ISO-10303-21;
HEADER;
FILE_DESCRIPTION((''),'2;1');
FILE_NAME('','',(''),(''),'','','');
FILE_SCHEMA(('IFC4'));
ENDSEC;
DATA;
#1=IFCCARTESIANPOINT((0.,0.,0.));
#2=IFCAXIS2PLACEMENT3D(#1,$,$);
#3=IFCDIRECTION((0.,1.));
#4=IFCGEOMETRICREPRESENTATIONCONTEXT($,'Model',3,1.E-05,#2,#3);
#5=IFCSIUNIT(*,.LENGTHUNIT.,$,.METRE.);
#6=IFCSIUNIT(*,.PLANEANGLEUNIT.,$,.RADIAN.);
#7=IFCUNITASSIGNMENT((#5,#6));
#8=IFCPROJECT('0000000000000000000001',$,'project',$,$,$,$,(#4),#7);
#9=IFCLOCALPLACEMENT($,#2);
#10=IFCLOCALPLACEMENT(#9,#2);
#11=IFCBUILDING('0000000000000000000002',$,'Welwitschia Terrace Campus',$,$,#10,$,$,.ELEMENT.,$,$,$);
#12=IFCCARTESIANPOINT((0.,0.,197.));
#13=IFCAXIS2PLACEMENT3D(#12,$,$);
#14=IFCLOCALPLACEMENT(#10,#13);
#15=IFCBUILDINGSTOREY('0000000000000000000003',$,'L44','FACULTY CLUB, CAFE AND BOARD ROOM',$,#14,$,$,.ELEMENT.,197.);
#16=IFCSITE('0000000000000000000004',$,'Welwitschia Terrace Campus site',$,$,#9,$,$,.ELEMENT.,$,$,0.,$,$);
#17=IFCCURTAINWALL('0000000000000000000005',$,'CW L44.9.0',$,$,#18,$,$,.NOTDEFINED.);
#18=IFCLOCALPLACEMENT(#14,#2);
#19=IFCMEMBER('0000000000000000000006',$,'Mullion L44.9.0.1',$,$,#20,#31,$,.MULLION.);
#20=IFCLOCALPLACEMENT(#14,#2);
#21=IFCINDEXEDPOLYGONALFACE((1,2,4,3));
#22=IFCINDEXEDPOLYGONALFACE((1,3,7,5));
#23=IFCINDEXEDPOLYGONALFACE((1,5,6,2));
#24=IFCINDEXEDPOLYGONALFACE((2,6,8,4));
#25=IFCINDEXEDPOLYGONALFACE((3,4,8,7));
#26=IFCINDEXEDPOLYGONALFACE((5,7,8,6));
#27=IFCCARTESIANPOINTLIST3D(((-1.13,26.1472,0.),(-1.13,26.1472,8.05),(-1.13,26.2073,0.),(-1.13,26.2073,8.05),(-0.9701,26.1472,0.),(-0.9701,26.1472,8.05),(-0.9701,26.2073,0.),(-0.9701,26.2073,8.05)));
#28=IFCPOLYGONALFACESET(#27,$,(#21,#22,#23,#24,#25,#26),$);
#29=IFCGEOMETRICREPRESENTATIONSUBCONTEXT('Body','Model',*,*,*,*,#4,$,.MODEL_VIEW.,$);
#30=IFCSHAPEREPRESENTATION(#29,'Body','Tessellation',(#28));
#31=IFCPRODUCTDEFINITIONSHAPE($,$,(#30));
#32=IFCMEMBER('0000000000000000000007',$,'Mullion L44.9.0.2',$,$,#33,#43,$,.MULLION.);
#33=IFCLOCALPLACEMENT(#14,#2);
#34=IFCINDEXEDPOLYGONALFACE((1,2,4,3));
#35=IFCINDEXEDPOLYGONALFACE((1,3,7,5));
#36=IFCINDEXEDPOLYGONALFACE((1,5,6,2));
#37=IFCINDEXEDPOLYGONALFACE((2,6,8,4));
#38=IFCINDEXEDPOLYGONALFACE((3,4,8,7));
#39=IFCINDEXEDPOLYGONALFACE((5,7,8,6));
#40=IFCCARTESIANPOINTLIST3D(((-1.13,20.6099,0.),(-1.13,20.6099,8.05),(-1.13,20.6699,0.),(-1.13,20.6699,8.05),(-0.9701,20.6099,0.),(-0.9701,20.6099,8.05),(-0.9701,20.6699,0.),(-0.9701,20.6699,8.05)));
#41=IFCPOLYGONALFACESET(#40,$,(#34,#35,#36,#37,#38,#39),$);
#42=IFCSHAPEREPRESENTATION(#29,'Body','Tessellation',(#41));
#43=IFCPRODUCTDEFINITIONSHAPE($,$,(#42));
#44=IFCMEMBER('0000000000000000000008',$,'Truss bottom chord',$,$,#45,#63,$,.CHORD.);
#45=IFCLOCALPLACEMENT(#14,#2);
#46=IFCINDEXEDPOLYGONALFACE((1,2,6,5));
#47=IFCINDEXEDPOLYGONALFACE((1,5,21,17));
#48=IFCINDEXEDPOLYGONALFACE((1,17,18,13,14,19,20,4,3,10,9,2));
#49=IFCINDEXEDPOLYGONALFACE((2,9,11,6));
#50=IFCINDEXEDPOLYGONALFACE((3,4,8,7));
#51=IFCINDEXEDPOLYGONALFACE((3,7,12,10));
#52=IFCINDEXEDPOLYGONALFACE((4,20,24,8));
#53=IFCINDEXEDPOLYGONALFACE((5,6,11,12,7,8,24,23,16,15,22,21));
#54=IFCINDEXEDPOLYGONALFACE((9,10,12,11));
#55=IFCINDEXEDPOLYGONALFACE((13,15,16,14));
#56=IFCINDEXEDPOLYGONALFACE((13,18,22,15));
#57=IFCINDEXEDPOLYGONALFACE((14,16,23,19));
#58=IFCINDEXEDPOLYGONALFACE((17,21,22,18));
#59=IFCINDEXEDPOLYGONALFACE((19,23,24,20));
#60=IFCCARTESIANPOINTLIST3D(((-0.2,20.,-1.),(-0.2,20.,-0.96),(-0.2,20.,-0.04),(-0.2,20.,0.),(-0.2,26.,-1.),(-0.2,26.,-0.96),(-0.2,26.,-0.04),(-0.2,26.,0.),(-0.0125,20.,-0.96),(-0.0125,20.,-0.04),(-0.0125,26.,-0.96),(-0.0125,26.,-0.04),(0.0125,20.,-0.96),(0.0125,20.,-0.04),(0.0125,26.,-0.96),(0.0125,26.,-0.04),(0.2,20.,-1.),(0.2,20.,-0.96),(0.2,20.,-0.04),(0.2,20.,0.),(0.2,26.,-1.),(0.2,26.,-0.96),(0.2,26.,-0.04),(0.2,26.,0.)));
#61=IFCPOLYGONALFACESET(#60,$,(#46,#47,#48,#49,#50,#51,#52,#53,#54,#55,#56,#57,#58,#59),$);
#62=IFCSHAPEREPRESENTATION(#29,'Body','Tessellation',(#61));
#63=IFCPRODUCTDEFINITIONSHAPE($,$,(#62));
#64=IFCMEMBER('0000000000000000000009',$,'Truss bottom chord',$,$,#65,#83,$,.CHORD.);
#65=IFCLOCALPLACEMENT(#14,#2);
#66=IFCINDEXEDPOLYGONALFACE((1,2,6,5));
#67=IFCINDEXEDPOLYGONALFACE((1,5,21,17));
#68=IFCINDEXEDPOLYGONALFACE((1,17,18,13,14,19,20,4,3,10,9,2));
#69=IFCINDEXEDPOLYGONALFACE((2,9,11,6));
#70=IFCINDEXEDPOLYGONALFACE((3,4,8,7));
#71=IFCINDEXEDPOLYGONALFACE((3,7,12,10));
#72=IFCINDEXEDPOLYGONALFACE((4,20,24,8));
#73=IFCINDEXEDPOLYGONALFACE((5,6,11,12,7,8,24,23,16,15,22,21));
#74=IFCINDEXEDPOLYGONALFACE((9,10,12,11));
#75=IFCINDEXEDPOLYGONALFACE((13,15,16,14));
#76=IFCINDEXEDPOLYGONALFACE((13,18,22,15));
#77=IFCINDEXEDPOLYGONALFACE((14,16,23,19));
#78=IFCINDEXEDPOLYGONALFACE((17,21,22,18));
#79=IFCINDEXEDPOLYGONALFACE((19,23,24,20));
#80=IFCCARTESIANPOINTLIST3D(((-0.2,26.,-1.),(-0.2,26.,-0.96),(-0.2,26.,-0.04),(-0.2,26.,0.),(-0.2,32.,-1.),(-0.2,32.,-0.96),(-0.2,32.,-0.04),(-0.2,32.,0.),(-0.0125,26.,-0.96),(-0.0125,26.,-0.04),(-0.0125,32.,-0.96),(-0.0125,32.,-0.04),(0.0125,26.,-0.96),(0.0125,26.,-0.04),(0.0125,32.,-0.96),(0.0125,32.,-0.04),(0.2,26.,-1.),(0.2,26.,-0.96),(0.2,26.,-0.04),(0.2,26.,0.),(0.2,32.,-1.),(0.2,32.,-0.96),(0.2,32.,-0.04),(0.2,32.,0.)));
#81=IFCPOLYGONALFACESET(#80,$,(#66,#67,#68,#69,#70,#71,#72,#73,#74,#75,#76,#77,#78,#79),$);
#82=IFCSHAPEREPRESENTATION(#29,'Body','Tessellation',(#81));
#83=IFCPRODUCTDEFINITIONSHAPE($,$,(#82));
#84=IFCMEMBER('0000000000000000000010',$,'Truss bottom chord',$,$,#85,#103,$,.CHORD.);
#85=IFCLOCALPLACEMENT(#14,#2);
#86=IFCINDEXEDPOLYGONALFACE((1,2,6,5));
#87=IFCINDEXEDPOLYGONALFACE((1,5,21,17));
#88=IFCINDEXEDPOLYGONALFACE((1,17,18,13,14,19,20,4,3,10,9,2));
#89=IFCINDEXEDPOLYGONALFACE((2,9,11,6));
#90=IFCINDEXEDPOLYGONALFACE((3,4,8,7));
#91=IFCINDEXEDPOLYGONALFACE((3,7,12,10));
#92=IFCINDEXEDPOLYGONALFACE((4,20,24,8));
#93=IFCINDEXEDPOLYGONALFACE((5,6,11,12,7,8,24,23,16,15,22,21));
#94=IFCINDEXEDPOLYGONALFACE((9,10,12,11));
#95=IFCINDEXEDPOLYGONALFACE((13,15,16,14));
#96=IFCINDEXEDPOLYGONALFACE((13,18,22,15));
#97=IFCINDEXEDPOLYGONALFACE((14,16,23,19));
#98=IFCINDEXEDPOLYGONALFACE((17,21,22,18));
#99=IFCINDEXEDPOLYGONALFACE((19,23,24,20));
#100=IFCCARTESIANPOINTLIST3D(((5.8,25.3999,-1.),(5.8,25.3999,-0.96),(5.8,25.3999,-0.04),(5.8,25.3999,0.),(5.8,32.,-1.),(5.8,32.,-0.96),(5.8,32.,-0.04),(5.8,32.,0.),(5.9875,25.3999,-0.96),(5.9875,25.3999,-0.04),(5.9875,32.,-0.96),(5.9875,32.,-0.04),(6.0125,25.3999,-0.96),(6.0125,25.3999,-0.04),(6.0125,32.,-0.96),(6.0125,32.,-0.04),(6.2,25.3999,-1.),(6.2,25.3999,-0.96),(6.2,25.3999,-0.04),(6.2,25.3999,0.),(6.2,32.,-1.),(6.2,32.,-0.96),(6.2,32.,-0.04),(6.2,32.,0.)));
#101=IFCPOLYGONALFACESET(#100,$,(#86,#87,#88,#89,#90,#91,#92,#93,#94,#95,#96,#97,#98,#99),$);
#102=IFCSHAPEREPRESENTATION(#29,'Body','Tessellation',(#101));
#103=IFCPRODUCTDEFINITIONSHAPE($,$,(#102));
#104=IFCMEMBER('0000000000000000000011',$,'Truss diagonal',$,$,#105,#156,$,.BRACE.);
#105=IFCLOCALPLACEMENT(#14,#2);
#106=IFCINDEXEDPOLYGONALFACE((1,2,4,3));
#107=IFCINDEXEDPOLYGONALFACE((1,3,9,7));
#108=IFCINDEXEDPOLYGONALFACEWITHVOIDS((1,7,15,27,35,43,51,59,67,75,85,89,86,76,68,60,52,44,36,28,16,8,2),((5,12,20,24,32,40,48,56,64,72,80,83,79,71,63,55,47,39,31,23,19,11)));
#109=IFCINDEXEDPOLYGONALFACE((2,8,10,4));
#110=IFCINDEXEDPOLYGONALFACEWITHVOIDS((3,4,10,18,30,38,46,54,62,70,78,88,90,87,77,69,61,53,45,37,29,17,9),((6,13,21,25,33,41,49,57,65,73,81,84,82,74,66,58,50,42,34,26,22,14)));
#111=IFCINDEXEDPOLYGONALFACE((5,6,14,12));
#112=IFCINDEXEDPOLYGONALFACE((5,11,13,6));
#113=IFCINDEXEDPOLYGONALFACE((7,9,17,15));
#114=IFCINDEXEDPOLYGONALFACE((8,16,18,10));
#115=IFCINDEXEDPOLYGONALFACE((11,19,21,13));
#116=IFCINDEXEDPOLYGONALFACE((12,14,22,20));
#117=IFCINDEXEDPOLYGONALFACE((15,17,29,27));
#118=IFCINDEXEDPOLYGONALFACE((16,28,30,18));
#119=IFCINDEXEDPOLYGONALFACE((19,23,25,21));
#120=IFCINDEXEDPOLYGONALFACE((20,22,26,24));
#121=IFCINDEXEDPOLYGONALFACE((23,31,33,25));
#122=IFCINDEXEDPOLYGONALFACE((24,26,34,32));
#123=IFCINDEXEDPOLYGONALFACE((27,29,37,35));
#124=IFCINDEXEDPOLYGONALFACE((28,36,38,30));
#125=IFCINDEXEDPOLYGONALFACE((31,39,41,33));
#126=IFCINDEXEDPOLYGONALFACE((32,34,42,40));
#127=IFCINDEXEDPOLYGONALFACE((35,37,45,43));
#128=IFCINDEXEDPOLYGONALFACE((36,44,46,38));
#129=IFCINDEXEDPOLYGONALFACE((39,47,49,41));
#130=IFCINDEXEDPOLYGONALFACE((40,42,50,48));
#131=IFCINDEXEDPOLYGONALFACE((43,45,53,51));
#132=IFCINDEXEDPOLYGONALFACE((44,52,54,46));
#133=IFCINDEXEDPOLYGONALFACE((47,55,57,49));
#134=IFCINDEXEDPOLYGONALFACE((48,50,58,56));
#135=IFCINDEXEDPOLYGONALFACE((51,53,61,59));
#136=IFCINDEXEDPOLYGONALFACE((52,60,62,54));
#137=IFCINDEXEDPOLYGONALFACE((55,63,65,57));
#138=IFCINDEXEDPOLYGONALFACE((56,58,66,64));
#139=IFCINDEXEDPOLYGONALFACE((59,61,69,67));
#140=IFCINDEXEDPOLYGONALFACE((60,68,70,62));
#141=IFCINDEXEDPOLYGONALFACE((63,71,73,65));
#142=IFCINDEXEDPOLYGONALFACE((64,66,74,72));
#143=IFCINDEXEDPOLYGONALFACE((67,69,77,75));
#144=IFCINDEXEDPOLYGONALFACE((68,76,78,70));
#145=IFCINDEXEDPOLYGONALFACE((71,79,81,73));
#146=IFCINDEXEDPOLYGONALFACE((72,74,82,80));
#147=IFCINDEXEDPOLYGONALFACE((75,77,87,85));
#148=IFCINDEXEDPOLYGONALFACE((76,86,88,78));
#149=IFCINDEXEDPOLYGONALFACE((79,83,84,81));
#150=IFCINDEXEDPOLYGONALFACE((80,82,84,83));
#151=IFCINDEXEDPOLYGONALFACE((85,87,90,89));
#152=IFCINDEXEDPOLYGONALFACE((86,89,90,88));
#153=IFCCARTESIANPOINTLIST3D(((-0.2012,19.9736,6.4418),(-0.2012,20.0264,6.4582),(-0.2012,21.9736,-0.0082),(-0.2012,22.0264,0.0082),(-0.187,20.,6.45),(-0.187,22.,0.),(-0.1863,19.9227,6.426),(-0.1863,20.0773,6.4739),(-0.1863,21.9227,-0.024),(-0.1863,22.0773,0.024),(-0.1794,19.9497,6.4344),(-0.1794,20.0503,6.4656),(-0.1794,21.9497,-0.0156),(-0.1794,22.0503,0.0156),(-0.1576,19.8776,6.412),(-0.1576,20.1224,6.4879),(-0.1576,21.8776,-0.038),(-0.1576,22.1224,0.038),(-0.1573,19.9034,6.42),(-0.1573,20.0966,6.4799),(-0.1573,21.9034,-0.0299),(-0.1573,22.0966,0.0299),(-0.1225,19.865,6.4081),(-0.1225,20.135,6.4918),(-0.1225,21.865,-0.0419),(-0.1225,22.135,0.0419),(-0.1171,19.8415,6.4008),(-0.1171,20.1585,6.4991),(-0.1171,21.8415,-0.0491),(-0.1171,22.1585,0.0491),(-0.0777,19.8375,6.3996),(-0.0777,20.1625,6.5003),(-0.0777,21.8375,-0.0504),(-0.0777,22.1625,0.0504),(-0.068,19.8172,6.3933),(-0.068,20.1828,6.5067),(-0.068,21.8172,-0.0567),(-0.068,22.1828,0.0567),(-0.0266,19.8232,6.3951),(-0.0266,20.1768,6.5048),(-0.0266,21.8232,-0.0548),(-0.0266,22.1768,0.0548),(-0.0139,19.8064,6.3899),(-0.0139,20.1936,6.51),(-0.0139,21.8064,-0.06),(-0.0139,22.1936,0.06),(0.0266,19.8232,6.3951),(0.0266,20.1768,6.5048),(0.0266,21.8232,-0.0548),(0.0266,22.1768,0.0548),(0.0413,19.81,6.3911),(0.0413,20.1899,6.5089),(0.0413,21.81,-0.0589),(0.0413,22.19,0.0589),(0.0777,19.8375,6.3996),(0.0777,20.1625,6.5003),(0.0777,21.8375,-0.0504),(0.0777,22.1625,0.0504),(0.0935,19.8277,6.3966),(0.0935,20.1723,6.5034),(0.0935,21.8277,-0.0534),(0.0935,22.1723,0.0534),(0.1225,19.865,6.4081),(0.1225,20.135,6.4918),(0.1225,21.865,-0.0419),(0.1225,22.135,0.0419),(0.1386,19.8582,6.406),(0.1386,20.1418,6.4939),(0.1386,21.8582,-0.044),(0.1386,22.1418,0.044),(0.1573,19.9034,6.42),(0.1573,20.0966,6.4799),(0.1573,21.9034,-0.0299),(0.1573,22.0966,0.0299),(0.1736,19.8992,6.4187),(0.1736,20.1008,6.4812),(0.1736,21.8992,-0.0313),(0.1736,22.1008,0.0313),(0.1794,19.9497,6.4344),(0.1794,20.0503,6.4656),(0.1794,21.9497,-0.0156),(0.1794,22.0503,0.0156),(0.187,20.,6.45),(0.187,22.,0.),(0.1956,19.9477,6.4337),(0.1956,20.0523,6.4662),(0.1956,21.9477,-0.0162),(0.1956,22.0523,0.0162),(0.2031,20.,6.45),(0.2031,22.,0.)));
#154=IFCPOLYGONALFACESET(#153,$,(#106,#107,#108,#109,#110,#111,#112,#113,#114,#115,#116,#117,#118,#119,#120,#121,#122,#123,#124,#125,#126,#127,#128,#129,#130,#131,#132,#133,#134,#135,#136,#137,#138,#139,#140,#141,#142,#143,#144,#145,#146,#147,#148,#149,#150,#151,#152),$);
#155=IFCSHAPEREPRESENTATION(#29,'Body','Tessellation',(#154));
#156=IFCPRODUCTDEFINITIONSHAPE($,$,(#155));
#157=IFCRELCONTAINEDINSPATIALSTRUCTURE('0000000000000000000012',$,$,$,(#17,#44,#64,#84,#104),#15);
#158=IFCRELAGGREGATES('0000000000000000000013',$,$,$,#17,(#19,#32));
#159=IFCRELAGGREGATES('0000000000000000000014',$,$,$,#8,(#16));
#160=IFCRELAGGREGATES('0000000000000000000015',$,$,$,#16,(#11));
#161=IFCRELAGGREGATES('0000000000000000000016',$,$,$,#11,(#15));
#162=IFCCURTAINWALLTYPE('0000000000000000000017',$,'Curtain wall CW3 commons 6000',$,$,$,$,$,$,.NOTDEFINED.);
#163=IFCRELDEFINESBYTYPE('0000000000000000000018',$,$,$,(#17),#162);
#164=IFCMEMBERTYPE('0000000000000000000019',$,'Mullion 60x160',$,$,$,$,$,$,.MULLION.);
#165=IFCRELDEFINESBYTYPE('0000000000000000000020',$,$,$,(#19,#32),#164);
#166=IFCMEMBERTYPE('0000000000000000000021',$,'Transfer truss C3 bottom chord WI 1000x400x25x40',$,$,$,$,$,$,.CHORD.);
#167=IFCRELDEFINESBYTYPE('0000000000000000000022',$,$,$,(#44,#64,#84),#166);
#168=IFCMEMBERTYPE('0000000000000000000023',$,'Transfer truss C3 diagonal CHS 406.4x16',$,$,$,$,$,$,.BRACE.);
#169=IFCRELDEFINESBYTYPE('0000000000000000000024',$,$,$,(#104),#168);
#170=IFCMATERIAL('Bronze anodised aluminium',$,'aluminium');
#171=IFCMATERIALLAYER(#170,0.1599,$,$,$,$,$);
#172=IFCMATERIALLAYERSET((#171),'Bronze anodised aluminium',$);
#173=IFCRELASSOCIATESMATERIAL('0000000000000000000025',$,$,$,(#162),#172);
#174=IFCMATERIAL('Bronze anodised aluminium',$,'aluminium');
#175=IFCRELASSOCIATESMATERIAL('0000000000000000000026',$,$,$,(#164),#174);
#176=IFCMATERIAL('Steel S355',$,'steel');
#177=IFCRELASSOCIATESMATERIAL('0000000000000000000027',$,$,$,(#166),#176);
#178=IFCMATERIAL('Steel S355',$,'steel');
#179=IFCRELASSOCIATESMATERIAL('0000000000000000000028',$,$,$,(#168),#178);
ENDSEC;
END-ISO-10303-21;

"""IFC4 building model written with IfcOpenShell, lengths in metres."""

from ifc_helpers import new_model, si_unit, direction, frame, origin, origin_2d, place, context, subcontext, project, spatial, rectangle, hollow_circle, i_section, extrude, material, layer, layer_set, material_profile, profile_set, type_object, element, aggregate, save


model = new_model("IFC4")

# Units and contexts
model_context = context("Model", 3, precision=1e-05, world=origin(), true_north=direction((0.0, 1.0)))
body_context = subcontext(model_context, "Body", "Model", "MODEL_VIEW")
ifc_project = project(units=[si_unit("LENGTHUNIT", "METRE"), si_unit("PLANEANGLEUNIT", "RADIAN")], contexts=[model_context])

# Site, building, storey
site_placement = place(None, origin())
site = spatial("IfcSite", under=ifc_project, at=site_placement, Name="Welwitschia Terrace Campus site", CompositionType="ELEMENT", RefElevation=0.0)
building_placement = place(site_placement, origin())
building = spatial("IfcBuilding", under=site, at=building_placement, Name="Welwitschia Terrace Campus", CompositionType="ELEMENT")
storey_placement = place(building_placement, frame((0.0, 0.0, 197.0)))
storey = spatial("IfcBuildingStorey", under=building, at=storey_placement, Name="L44", Description="FACULTY CLUB, CAFE AND BOARD ROOM", CompositionType="ELEMENT", Elevation=197.0)

# Curtain wall, members
ifc_material_1 = material(Name="Bronze anodised aluminium", Category="aluminium")
ifc_layer_1 = layer(ifc_material_1, 0.1599)
ifc_layer_set_1 = layer_set([ifc_layer_1], Name="Bronze anodised aluminium")
curtain_wall_type = type_object("IfcCurtainWallType", Name="Curtain wall CW3 commons 6000", PredefinedType="NOTDEFINED", material=ifc_layer_set_1)
curtain_wall_placement = place(storey_placement, origin())
curtain_wall = element("IfcCurtainWall", 1, at=curtain_wall_placement, inside=storey, type_object=curtain_wall_type, Name="CW L44.9.0", PredefinedType="NOTDEFINED")
ifc_material_2 = material(Name="Bronze anodised aluminium", Category="aluminium")
ifc_material_profile_1 = material_profile(ifc_material_2, rectangle(XDim=0.1599, YDim=0.0601, at=origin_2d()))
ifc_profile_set_1 = profile_set([ifc_material_profile_1], Name="Bronze anodised aluminium")
member_type_1 = type_object("IfcMemberType", Name="Mullion 60x160", PredefinedType="MULLION", material=ifc_profile_set_1)
member_1_placement = place(storey_placement, frame((-1.05, 26.1772, 0.0), z_axis=(0.0, 0.0, 1.0), x_axis=(1.0, 0.0, 0.0)))
member_1 = element("IfcMember", 2, at=member_1_placement, type_object=member_type_1, Name="Mullion L44.9.0.1", PredefinedType="MULLION", context=body_context, shape_type="SweptSolid", body=[
    extrude(rectangle(XDim=0.1599, YDim=0.0601, at=origin_2d()), origin(), (0.0, 0.0, 1.0), 8.05),
])
member_2_placement = place(storey_placement, frame((-1.05, 20.6399, 0.0), z_axis=(0.0, 0.0, 1.0), x_axis=(1.0, 0.0, 0.0)))
member_2 = element("IfcMember", 3, at=member_2_placement, type_object=member_type_1, Name="Mullion L44.9.0.2", PredefinedType="MULLION", context=body_context, shape_type="SweptSolid", body=[
    extrude(rectangle(XDim=0.1599, YDim=0.0601, at=origin_2d()), origin(), (0.0, 0.0, 1.0), 8.05),
])

# Members
ifc_material_3 = material(Name="Steel S355", Category="steel")
ifc_material_profile_2 = material_profile(ifc_material_3, i_section(OverallWidth=0.3999, OverallDepth=1.0, WebThickness=0.0249, FlangeThickness=0.04, at=origin_2d()))
ifc_profile_set_2 = profile_set([ifc_material_profile_2], Name="Steel S355")
member_type_2 = type_object("IfcMemberType", Name="Transfer truss C3 bottom chord WI 1000x400x25x40", PredefinedType="CHORD", material=ifc_profile_set_2)
for number, where, z_axis, x_axis, name in (
    (4, (0.0, 20.0, -0.5), (0.0, 1.0, 0.0), (-1.0, 0.0, 0.0), "Truss bottom chord"),
    (5, (0.0, 26.0, -0.5), (0.0, 1.0, 0.0), (-1.0, 0.0, 0.0), "Truss bottom chord"),
):
    element("IfcMember", number, at=place(storey_placement, frame(where, z_axis=z_axis, x_axis=x_axis)), inside=storey, type_object=member_type_2, Name=name, PredefinedType="CHORD", context=body_context, shape_type="SweptSolid", body=[
        extrude(i_section(OverallWidth=0.3999, OverallDepth=1.0, WebThickness=0.0249, FlangeThickness=0.04, at=origin_2d()), origin(), (0.0, 0.0, 1.0), 6.0),
    ])
member_3_placement = place(storey_placement, frame((6.0, 25.3999, -0.5), z_axis=(0.0, 1.0, 0.0), x_axis=(-1.0, 0.0, 0.0)))
element("IfcMember", 6, at=member_3_placement, inside=storey, type_object=member_type_2, Name="Truss bottom chord", PredefinedType="CHORD", context=body_context, shape_type="SweptSolid", body=[
    extrude(i_section(OverallWidth=0.3999, OverallDepth=1.0, WebThickness=0.0249, FlangeThickness=0.04, at=origin_2d()), origin(), (0.0, 0.0, 1.0), 6.6001),
])
ifc_material_4 = material(Name="Steel S355", Category="steel")
ifc_material_profile_3 = material_profile(ifc_material_4, hollow_circle(Radius=0.2031, WallThickness=0.0161, at=origin_2d()))
ifc_profile_set_3 = profile_set([ifc_material_profile_3], Name="Steel S355")
member_type_3 = type_object("IfcMemberType", Name="Transfer truss C3 diagonal CHS 406.4x16", PredefinedType="BRACE", material=ifc_profile_set_3)
member_4_placement = place(storey_placement, frame((0.0, 22.0, 0.0), z_axis=(0.0, -0.296168, 0.955136), x_axis=(1.0, 0.0, 0.0)))
element("IfcMember", 7, at=member_4_placement, inside=storey, type_object=member_type_3, Name="Truss diagonal", PredefinedType="BRACE", context=body_context, shape_type="SweptSolid", body=[
    extrude(hollow_circle(Radius=0.2031, WallThickness=0.0161, at=origin_2d()), origin(), (0.0, 0.0, 1.0), 6.7529),
])

aggregate(curtain_wall, [member_1, member_2])

save(model, "model.ifc")
